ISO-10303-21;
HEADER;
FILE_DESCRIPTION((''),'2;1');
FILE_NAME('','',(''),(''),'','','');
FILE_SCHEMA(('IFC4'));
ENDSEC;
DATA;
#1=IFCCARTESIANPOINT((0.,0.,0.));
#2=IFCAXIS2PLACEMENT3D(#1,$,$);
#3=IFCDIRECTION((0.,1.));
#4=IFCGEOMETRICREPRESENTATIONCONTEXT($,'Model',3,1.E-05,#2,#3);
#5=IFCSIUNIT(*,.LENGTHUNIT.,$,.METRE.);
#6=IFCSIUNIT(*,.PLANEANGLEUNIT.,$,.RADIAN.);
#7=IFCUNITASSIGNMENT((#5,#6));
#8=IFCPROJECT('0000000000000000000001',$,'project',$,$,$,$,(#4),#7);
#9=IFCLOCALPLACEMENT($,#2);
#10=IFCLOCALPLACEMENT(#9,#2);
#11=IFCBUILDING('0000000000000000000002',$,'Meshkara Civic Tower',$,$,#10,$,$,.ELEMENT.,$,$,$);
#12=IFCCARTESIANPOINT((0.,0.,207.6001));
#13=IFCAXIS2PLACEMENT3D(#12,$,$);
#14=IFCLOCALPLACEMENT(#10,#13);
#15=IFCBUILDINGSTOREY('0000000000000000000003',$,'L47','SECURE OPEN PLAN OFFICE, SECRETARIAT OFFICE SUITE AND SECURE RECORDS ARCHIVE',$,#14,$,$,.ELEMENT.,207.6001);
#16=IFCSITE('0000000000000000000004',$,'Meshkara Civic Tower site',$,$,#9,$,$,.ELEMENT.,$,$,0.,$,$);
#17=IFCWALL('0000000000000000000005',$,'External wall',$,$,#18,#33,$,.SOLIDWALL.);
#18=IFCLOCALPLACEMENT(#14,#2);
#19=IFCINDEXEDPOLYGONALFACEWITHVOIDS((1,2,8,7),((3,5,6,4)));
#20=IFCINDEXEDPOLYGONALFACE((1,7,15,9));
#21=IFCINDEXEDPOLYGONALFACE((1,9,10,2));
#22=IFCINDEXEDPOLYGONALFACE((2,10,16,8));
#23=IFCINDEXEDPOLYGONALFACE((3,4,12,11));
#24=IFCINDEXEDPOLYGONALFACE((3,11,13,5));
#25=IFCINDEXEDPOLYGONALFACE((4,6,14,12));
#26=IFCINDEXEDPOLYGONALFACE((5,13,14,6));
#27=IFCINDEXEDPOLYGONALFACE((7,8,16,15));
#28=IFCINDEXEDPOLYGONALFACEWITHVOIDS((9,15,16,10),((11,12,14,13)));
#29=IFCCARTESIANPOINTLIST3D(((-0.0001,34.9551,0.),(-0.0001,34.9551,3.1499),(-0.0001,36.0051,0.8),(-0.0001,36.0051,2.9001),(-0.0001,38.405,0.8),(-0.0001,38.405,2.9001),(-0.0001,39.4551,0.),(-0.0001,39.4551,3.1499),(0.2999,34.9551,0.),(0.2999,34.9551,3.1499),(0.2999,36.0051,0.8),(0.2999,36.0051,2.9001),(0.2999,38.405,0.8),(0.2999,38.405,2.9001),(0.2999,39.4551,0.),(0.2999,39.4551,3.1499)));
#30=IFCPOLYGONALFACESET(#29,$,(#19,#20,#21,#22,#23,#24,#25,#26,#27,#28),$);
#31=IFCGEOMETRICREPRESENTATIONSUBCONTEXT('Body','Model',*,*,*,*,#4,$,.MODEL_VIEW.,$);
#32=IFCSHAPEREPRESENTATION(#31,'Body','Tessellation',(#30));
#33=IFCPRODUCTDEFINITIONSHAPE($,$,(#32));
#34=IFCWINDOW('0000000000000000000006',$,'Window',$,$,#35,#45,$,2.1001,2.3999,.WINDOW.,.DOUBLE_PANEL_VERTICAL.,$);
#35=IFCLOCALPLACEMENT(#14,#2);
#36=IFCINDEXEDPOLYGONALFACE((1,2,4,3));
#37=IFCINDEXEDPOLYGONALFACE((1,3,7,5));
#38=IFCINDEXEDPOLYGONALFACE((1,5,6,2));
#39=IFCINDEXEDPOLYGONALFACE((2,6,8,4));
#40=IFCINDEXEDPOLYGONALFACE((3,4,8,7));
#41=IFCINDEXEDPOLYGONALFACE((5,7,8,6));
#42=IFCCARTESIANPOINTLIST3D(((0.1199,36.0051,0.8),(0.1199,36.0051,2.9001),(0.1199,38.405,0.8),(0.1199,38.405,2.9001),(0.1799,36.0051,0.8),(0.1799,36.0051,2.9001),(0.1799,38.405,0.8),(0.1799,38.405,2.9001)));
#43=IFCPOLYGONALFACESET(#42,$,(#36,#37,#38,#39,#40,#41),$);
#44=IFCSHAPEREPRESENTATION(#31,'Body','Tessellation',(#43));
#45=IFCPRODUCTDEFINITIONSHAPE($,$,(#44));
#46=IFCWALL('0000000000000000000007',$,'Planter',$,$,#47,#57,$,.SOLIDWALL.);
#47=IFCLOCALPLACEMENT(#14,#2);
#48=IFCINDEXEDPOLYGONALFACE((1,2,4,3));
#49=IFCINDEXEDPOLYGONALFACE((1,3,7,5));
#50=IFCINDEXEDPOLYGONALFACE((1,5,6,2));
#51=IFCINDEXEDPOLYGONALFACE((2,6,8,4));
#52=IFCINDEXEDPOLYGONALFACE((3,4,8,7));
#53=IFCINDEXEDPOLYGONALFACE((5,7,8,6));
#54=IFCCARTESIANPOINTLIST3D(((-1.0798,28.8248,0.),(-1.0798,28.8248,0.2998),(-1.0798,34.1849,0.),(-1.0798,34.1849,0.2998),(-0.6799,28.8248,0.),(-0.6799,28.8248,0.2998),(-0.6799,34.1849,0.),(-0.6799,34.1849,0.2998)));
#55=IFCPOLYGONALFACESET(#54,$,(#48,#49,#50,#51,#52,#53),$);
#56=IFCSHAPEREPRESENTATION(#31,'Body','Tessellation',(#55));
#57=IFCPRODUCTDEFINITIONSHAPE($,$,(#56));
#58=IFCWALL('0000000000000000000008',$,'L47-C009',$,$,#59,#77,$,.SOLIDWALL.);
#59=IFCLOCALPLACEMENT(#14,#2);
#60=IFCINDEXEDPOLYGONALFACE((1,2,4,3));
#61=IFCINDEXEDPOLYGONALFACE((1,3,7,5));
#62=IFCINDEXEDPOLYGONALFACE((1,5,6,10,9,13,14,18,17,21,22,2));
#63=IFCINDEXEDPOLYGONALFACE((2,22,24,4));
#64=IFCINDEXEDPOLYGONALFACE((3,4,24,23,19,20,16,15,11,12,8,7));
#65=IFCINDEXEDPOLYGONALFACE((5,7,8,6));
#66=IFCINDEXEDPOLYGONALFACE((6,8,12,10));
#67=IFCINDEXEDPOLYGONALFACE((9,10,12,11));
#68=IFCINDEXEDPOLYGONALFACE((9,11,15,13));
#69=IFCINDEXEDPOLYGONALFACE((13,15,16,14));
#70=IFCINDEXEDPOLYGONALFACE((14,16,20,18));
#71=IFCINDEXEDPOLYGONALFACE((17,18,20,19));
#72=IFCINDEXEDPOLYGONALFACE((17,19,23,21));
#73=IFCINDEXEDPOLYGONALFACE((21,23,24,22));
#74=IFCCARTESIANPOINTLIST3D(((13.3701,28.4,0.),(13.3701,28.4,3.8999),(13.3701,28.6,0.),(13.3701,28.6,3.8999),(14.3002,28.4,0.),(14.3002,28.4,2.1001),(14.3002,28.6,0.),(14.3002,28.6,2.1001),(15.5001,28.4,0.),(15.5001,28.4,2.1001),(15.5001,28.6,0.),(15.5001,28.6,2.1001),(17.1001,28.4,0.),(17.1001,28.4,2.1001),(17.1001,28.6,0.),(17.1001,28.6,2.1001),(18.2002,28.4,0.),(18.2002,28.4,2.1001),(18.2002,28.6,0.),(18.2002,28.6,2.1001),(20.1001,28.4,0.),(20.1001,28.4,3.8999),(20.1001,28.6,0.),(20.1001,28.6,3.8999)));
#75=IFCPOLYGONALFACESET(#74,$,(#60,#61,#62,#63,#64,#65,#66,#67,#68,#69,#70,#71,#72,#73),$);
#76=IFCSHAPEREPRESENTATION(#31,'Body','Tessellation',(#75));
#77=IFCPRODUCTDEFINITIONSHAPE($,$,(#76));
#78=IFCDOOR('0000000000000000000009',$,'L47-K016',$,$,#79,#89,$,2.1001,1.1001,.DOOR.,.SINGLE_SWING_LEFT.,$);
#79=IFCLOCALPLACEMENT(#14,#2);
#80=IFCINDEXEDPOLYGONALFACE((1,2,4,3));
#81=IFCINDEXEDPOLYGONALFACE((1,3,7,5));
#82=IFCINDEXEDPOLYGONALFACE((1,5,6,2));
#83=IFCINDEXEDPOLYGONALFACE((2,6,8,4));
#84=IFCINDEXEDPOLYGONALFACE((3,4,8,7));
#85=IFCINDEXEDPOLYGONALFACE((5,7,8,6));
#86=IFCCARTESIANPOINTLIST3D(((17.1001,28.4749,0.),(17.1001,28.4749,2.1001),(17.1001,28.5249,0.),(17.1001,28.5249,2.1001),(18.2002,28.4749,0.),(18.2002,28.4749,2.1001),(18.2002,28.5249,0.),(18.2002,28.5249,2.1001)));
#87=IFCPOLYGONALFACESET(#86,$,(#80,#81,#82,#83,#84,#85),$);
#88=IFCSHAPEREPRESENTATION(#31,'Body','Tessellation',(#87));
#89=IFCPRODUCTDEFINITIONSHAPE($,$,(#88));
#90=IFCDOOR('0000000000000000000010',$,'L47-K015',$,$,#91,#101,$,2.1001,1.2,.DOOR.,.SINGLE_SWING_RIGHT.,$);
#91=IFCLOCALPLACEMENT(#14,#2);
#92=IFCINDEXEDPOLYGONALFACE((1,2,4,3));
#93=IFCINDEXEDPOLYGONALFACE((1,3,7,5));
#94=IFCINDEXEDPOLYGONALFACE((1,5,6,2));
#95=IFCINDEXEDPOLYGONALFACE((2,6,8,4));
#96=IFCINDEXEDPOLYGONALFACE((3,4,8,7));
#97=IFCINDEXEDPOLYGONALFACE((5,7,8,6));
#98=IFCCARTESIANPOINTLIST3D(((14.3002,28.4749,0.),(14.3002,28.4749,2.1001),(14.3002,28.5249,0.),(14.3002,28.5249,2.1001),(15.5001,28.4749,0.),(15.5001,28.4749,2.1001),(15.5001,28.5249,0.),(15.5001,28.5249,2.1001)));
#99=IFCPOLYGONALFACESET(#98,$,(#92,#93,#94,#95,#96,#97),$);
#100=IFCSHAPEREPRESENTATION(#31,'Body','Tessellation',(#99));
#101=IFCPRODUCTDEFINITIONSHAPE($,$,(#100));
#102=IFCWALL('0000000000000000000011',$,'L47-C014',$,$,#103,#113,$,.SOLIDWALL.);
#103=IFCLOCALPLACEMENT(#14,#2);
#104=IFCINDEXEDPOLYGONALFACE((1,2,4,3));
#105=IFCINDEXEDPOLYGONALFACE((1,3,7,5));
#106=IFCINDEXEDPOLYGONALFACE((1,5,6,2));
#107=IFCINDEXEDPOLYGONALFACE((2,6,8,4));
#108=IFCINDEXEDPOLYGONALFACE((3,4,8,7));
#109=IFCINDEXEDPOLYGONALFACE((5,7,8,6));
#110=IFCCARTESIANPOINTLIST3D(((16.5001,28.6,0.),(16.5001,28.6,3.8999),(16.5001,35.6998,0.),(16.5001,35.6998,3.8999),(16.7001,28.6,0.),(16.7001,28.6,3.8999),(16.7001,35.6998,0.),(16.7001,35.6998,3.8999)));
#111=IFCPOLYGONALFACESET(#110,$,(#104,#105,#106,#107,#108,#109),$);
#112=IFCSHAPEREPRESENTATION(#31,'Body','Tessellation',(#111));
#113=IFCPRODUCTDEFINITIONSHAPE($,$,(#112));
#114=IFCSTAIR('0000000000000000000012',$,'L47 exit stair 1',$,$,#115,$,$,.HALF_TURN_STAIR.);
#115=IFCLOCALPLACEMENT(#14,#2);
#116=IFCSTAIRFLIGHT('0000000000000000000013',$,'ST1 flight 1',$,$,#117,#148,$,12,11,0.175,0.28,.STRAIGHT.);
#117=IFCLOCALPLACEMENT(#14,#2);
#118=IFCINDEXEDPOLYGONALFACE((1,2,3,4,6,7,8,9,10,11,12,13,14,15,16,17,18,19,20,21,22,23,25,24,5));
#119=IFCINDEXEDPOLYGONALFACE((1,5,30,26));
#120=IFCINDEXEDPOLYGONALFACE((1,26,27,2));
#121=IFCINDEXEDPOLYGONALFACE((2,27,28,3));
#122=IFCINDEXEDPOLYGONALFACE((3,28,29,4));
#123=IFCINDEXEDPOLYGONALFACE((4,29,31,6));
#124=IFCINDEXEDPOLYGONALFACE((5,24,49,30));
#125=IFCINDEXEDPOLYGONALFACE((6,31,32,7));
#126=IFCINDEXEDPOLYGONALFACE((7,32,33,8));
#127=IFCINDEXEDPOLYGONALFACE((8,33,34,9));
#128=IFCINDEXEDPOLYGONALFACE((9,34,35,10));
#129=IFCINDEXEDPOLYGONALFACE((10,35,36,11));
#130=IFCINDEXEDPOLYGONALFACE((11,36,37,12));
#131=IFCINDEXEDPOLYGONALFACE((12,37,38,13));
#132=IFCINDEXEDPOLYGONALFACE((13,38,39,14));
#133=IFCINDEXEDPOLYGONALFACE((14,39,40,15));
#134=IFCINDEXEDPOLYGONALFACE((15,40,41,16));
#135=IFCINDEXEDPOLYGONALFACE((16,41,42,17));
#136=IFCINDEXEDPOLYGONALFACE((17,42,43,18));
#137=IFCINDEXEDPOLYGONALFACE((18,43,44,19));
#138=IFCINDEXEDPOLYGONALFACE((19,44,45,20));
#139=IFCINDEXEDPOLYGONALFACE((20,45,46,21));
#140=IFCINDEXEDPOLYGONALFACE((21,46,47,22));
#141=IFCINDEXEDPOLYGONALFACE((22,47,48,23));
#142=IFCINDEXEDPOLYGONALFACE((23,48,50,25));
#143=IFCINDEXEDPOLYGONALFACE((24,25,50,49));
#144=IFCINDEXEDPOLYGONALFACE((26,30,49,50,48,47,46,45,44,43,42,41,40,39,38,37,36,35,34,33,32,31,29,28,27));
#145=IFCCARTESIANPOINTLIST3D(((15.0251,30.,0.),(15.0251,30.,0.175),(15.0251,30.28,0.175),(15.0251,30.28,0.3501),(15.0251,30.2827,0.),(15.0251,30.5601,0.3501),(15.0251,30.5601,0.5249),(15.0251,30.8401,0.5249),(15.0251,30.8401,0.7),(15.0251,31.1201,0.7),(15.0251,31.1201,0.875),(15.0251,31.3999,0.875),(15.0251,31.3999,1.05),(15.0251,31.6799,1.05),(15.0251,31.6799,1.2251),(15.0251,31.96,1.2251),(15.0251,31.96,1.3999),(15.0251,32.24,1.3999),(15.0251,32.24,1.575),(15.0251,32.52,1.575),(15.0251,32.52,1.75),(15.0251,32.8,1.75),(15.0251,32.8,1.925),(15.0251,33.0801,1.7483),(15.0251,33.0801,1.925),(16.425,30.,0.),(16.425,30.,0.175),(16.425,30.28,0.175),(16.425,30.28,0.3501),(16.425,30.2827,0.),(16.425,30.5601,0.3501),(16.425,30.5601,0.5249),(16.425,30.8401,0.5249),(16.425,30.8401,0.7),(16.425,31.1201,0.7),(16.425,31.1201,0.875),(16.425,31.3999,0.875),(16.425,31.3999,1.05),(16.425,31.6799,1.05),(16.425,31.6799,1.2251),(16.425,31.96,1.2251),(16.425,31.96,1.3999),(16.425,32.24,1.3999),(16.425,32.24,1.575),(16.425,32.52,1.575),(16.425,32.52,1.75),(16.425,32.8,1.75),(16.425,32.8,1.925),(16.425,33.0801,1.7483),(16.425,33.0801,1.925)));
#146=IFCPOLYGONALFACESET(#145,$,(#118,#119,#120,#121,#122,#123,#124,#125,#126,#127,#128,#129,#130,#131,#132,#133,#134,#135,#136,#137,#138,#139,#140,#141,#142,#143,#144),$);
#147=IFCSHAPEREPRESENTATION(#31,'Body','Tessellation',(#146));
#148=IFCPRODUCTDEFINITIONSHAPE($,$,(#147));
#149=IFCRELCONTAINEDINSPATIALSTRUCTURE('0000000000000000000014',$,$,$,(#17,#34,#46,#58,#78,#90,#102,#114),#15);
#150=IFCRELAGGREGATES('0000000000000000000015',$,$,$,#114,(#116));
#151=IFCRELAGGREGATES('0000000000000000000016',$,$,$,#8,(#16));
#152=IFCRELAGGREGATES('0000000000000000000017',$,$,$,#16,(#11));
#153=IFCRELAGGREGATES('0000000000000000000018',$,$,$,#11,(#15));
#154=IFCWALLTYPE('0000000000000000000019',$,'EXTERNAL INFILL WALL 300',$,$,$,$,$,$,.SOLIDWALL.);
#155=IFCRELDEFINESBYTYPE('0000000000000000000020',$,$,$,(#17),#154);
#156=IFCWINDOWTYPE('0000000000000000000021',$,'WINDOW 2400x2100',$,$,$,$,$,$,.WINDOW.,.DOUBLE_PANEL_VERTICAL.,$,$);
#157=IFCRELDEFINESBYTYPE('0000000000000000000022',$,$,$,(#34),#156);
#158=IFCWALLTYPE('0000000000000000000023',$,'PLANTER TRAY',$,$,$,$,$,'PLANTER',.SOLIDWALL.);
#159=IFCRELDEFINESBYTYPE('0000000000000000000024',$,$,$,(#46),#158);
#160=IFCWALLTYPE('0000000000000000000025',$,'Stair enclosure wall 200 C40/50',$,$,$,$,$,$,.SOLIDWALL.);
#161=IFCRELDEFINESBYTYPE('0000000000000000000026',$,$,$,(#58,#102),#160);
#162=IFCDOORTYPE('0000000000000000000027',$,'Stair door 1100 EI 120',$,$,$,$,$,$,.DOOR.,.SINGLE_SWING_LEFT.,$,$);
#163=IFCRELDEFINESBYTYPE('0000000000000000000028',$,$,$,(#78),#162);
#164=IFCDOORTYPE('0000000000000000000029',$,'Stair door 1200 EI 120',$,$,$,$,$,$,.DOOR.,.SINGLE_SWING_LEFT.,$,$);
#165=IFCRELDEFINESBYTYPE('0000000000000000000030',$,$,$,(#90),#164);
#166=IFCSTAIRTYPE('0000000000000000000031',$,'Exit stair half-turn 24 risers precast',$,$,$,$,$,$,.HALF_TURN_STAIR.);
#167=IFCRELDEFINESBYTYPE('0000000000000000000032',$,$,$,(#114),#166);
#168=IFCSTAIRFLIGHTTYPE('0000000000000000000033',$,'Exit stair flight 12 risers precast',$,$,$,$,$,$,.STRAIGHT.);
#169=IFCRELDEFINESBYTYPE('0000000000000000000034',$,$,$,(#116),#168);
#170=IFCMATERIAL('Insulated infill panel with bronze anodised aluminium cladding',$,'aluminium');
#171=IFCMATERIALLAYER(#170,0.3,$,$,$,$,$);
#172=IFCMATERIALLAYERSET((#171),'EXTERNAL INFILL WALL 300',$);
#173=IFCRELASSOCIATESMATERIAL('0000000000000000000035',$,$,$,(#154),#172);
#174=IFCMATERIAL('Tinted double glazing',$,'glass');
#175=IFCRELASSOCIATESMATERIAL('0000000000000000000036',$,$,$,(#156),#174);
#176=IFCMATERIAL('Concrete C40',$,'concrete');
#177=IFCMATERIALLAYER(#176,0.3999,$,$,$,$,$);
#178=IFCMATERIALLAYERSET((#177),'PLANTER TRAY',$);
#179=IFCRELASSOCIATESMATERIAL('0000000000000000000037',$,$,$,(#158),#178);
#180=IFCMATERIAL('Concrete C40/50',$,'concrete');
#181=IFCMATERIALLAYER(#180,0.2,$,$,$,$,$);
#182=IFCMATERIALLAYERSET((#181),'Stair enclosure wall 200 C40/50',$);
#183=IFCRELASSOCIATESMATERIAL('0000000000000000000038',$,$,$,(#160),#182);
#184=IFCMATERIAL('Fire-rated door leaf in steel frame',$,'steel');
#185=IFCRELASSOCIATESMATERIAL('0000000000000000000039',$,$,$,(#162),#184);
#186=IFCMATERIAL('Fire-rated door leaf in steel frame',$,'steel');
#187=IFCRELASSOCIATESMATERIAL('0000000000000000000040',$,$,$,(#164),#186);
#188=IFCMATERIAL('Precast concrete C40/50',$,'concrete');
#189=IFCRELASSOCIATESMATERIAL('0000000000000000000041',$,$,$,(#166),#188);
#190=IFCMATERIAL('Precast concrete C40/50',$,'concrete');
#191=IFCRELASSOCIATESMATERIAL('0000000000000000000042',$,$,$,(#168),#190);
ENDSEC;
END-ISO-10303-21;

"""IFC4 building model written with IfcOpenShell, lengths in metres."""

from ifc_helpers import new_model, si_unit, direction, frame, frame_2d, origin, place, context, subcontext, project, spatial, polyline, rectangle, outline, extrude, material, layer, layer_set, type_object, element, fill, aggregate, save


model = new_model("IFC4")

# Units and contexts
model_context = context("Model", 3, precision=1e-05, world=origin(), true_north=direction((0.0, 1.0)))
body_context = subcontext(model_context, "Body", "Model", "MODEL_VIEW")
ifc_project = project(units=[si_unit("LENGTHUNIT", "METRE"), si_unit("PLANEANGLEUNIT", "RADIAN")], contexts=[model_context])

# Site, building, storey
site_placement = place(None, origin())
site = spatial("IfcSite", under=ifc_project, at=site_placement, Name="Meshkara Civic Tower site", CompositionType="ELEMENT", RefElevation=0.0)
building_placement = place(site_placement, origin())
building = spatial("IfcBuilding", under=site, at=building_placement, Name="Meshkara Civic Tower", CompositionType="ELEMENT")
storey_placement = place(building_placement, frame((0.0, 0.0, 207.6001)))
storey = spatial("IfcBuildingStorey", under=building, at=storey_placement, Name="L47", Description="SECURE OPEN PLAN OFFICE, SECRETARIAT OFFICE SUITE AND SECURE RECORDS ARCHIVE", CompositionType="ELEMENT", Elevation=207.6001)

# Wall, opening, window
ifc_material_1 = material(Name="Insulated infill panel with bronze anodised aluminium cladding", Category="aluminium")
ifc_layer_1 = layer(ifc_material_1, 0.3)
ifc_layer_set_1 = layer_set([ifc_layer_1], Name="EXTERNAL INFILL WALL 300")
wall_type_1 = type_object("IfcWallType", Name="EXTERNAL INFILL WALL 300", PredefinedType="SOLIDWALL", material=ifc_layer_set_1)
wall_1_placement = place(storey_placement, frame((0.1499, 39.4551, 0.0), z_axis=(0.0, 0.0, 1.0), x_axis=(0.0, -1.0, 0.0)))
wall_1 = element("IfcWall", 1, at=wall_1_placement, inside=storey, type_object=wall_type_1, Name="External wall", PredefinedType="SOLIDWALL", context=body_context, shape_type="SweptSolid", body=[
    extrude(rectangle(XDim=4.5, YDim=0.3, at=frame_2d((2.25, 0.0))), origin(), (0.0, 0.0, 1.0), 3.1499),
])
opening_1_placement = place(wall_1_placement, frame((1.05, 0.0, 0.8)))
opening_1 = element("IfcOpeningElement", 2, at=opening_1_placement, cuts=wall_1, PredefinedType="OPENING", context=body_context, shape_type="SweptSolid", body=[
    extrude(rectangle(XDim=2.3999, YDim=2.1001, at=frame_2d((1.2, 1.05))), frame((0.0, 0.1599, 0.0), z_axis=(0.0, -1.0, 0.0), x_axis=(1.0, 0.0, 0.0)), (0.0, 0.0, 1.0), 0.3201),
])
ifc_material_2 = material(Name="Tinted double glazing", Category="glass")
window_type = type_object("IfcWindowType", Name="WINDOW 2400x2100", PartitioningType="DOUBLE_PANEL_VERTICAL", PredefinedType="WINDOW", material=ifc_material_2)
window_placement = place(opening_1_placement, origin())
window = element("IfcWindow", 3, at=window_placement, inside=storey, type_object=window_type, Name="Window", OverallHeight=2.1001, OverallWidth=2.3999, PartitioningType="DOUBLE_PANEL_VERTICAL", PredefinedType="WINDOW", context=body_context, shape_type="SweptSolid", body=[
    extrude(rectangle(XDim=2.3999, YDim=2.1001, at=frame_2d((1.2, 1.05))), frame((0.0, 0.03, 0.0), z_axis=(0.0, -1.0, 0.0), x_axis=(1.0, 0.0, 0.0)), (0.0, 0.0, 1.0), 0.0601),
])
fill(opening_1, window)

# Wall
ifc_material_3 = material(Name="Concrete C40", Category="concrete")
ifc_layer_2 = layer(ifc_material_3, 0.3999)
ifc_layer_set_2 = layer_set([ifc_layer_2], Name="PLANTER TRAY")
wall_type_2 = type_object("IfcWallType", Name="PLANTER TRAY", ElementType="PLANTER", PredefinedType="SOLIDWALL", material=ifc_layer_set_2)
wall_2_placement = place(storey_placement, frame((-0.8799, 34.1851, 0.0), z_axis=(0.0, 0.0, 1.0), x_axis=(0.0, -1.0, 0.0)))
element("IfcWall", 4, at=wall_2_placement, inside=storey, type_object=wall_type_2, Name="Planter", PredefinedType="SOLIDWALL", context=body_context, shape_type="SweptSolid", body=[
    extrude(rectangle(XDim=5.3601, YDim=0.3999, at=frame_2d((2.6802, 0.0))), origin(), (0.0, 0.0, 1.0), 0.2998),
])

# Wall, openings, doors
ifc_material_4 = material(Name="Concrete C40/50", Category="concrete")
ifc_layer_3 = layer(ifc_material_4, 0.2)
ifc_layer_set_3 = layer_set([ifc_layer_3], Name="Stair enclosure wall 200 C40/50")
wall_type_3 = type_object("IfcWallType", Name="Stair enclosure wall 200 C40/50", PredefinedType="SOLIDWALL", material=ifc_layer_set_3)
wall_3_placement = place(storey_placement, frame((13.3701, 28.5, 0.0), z_axis=(0.0, 0.0, 1.0), x_axis=(1.0, 0.0, 0.0)))
wall_3 = element("IfcWall", 5, at=wall_3_placement, inside=storey, type_object=wall_type_3, Name="L47-C009", PredefinedType="SOLIDWALL", context=body_context, shape_type="SweptSolid", body=[
    extrude(rectangle(XDim=6.73, YDim=0.2, at=frame_2d((3.365, 0.0))), origin(), (0.0, 0.0, 1.0), 3.8999),
])
opening_2_placement = place(wall_3_placement, frame((0.9299, 0.0, 0.0)))
opening_2 = element("IfcOpeningElement", 6, at=opening_2_placement, cuts=wall_3, PredefinedType="OPENING", context=body_context, shape_type="SweptSolid", body=[
    extrude(rectangle(XDim=1.2, YDim=2.1001, at=frame_2d((0.6001, 1.05))), frame((0.0, 0.1099, 0.0), z_axis=(0.0, -1.0, 0.0), x_axis=(1.0, 0.0, 0.0)), (0.0, 0.0, 1.0), 0.22),
])
opening_3_placement = place(wall_3_placement, frame((3.73, 0.0, 0.0)))
opening_3 = element("IfcOpeningElement", 7, at=opening_3_placement, cuts=wall_3, PredefinedType="OPENING", context=body_context, shape_type="SweptSolid", body=[
    extrude(rectangle(XDim=1.1001, YDim=2.1001, at=frame_2d((0.55, 1.05))), frame((0.0, 0.1099, 0.0), z_axis=(0.0, -1.0, 0.0), x_axis=(1.0, 0.0, 0.0)), (0.0, 0.0, 1.0), 0.22),
])
ifc_material_5 = material(Name="Fire-rated door leaf in steel frame", Category="steel")
door_type_1 = type_object("IfcDoorType", Name="Stair door 1100 EI 120", OperationType="SINGLE_SWING_LEFT", PredefinedType="DOOR", material=ifc_material_5)
door_1_placement = place(opening_3_placement, origin())
door_1 = element("IfcDoor", 8, at=door_1_placement, inside=storey, type_object=door_type_1, Name="L47-K016", OperationType="SINGLE_SWING_LEFT", OverallHeight=2.1001, OverallWidth=1.1001, PredefinedType="DOOR", context=body_context, shape_type="SweptSolid", body=[
    extrude(rectangle(XDim=1.1001, YDim=2.1001, at=frame_2d((0.55, 1.05))), frame((0.0, 0.0249, 0.0), z_axis=(0.0, -1.0, 0.0), x_axis=(1.0, 0.0, 0.0)), (0.0, 0.0, 1.0), 0.05),
])
fill(opening_3, door_1)
ifc_material_6 = material(Name="Fire-rated door leaf in steel frame", Category="steel")
door_type_2 = type_object("IfcDoorType", Name="Stair door 1200 EI 120", OperationType="SINGLE_SWING_LEFT", PredefinedType="DOOR", material=ifc_material_6)
door_2_placement = place(opening_2_placement, origin())
door_2 = element("IfcDoor", 9, at=door_2_placement, inside=storey, type_object=door_type_2, Name="L47-K015", OperationType="SINGLE_SWING_RIGHT", OverallHeight=2.1001, OverallWidth=1.2, PredefinedType="DOOR", context=body_context, shape_type="SweptSolid", body=[
    extrude(rectangle(XDim=1.2, YDim=2.1001, at=frame_2d((0.6001, 1.05))), frame((0.0, 0.0249, 0.0), z_axis=(0.0, -1.0, 0.0), x_axis=(1.0, 0.0, 0.0)), (0.0, 0.0, 1.0), 0.05),
])
fill(opening_2, door_2)

# Wall
wall_4_placement = place(storey_placement, frame((16.6001, 28.6001, 0.0), z_axis=(0.0, 0.0, 1.0), x_axis=(0.0, 1.0, 0.0)))
element("IfcWall", 10, at=wall_4_placement, inside=storey, type_object=wall_type_3, Name="L47-C014", PredefinedType="SOLIDWALL", context=body_context, shape_type="SweptSolid", body=[
    extrude(rectangle(XDim=7.0999, YDim=0.2, at=frame_2d((3.5498, 0.0))), origin(), (0.0, 0.0, 1.0), 3.8999),
])

# Stair, stair flight
ifc_material_7 = material(Name="Precast concrete C40/50", Category="concrete")
stair_type = type_object("IfcStairType", Name="Exit stair half-turn 24 risers precast", PredefinedType="HALF_TURN_STAIR", material=ifc_material_7)
stair_1_placement = place(storey_placement, origin())
stair_1 = element("IfcStair", 11, at=stair_1_placement, inside=storey, type_object=stair_type, Name="L47 exit stair 1", PredefinedType="HALF_TURN_STAIR")
ifc_material_8 = material(Name="Precast concrete C40/50", Category="concrete")
stair_flight_type = type_object("IfcStairFlightType", Name="Exit stair flight 12 risers precast", PredefinedType="STRAIGHT", material=ifc_material_8)
stair_flight_1_placement = place(storey_placement, frame((15.7251, 30.0, 0.0), z_axis=(0.0, 0.0, 1.0), x_axis=(0.0, 1.0, 0.0)))
stair_flight_1 = element("IfcStairFlight", 12, at=stair_flight_1_placement, type_object=stair_flight_type, Name="ST1 flight 1", NumberOfRisers=12, NumberOfTreads=11, PredefinedType="STRAIGHT", RiserHeight=0.175, TreadLength=0.28, context=body_context, shape_type="SweptSolid", body=[
    extrude(outline(polyline([(0.0, 0.0), (0.0, 0.175), (0.28, 0.175), (0.28, 0.3501), (0.5601, 0.3501), (0.5601, 0.5249), (0.8401, 0.5249), (0.8401, 0.7), (1.1201, 0.7), (1.1201, 0.875), (1.3999, 0.875), (1.3999, 1.05), (1.6799, 1.05), (1.6799, 1.2251), (1.96, 1.2251), (1.96, 1.3999), (2.24, 1.3999), (2.24, 1.575), (2.52, 1.575), (2.52, 1.75), (2.8, 1.75), (2.8, 1.925), (3.0801, 1.925), (3.0801, 2.1001), (3.0801, 1.7483), (0.2827, 0.0), (0.0, 0.0)])), frame((0.0, 0.7, 0.0), z_axis=(0.0, -1.0, 0.0), x_axis=(1.0, 0.0, 0.0)), (0.0, 0.0, 1.0), 1.3999),
])
aggregate(stair_1, [stair_flight_1])

save(model, "model.ifc")
